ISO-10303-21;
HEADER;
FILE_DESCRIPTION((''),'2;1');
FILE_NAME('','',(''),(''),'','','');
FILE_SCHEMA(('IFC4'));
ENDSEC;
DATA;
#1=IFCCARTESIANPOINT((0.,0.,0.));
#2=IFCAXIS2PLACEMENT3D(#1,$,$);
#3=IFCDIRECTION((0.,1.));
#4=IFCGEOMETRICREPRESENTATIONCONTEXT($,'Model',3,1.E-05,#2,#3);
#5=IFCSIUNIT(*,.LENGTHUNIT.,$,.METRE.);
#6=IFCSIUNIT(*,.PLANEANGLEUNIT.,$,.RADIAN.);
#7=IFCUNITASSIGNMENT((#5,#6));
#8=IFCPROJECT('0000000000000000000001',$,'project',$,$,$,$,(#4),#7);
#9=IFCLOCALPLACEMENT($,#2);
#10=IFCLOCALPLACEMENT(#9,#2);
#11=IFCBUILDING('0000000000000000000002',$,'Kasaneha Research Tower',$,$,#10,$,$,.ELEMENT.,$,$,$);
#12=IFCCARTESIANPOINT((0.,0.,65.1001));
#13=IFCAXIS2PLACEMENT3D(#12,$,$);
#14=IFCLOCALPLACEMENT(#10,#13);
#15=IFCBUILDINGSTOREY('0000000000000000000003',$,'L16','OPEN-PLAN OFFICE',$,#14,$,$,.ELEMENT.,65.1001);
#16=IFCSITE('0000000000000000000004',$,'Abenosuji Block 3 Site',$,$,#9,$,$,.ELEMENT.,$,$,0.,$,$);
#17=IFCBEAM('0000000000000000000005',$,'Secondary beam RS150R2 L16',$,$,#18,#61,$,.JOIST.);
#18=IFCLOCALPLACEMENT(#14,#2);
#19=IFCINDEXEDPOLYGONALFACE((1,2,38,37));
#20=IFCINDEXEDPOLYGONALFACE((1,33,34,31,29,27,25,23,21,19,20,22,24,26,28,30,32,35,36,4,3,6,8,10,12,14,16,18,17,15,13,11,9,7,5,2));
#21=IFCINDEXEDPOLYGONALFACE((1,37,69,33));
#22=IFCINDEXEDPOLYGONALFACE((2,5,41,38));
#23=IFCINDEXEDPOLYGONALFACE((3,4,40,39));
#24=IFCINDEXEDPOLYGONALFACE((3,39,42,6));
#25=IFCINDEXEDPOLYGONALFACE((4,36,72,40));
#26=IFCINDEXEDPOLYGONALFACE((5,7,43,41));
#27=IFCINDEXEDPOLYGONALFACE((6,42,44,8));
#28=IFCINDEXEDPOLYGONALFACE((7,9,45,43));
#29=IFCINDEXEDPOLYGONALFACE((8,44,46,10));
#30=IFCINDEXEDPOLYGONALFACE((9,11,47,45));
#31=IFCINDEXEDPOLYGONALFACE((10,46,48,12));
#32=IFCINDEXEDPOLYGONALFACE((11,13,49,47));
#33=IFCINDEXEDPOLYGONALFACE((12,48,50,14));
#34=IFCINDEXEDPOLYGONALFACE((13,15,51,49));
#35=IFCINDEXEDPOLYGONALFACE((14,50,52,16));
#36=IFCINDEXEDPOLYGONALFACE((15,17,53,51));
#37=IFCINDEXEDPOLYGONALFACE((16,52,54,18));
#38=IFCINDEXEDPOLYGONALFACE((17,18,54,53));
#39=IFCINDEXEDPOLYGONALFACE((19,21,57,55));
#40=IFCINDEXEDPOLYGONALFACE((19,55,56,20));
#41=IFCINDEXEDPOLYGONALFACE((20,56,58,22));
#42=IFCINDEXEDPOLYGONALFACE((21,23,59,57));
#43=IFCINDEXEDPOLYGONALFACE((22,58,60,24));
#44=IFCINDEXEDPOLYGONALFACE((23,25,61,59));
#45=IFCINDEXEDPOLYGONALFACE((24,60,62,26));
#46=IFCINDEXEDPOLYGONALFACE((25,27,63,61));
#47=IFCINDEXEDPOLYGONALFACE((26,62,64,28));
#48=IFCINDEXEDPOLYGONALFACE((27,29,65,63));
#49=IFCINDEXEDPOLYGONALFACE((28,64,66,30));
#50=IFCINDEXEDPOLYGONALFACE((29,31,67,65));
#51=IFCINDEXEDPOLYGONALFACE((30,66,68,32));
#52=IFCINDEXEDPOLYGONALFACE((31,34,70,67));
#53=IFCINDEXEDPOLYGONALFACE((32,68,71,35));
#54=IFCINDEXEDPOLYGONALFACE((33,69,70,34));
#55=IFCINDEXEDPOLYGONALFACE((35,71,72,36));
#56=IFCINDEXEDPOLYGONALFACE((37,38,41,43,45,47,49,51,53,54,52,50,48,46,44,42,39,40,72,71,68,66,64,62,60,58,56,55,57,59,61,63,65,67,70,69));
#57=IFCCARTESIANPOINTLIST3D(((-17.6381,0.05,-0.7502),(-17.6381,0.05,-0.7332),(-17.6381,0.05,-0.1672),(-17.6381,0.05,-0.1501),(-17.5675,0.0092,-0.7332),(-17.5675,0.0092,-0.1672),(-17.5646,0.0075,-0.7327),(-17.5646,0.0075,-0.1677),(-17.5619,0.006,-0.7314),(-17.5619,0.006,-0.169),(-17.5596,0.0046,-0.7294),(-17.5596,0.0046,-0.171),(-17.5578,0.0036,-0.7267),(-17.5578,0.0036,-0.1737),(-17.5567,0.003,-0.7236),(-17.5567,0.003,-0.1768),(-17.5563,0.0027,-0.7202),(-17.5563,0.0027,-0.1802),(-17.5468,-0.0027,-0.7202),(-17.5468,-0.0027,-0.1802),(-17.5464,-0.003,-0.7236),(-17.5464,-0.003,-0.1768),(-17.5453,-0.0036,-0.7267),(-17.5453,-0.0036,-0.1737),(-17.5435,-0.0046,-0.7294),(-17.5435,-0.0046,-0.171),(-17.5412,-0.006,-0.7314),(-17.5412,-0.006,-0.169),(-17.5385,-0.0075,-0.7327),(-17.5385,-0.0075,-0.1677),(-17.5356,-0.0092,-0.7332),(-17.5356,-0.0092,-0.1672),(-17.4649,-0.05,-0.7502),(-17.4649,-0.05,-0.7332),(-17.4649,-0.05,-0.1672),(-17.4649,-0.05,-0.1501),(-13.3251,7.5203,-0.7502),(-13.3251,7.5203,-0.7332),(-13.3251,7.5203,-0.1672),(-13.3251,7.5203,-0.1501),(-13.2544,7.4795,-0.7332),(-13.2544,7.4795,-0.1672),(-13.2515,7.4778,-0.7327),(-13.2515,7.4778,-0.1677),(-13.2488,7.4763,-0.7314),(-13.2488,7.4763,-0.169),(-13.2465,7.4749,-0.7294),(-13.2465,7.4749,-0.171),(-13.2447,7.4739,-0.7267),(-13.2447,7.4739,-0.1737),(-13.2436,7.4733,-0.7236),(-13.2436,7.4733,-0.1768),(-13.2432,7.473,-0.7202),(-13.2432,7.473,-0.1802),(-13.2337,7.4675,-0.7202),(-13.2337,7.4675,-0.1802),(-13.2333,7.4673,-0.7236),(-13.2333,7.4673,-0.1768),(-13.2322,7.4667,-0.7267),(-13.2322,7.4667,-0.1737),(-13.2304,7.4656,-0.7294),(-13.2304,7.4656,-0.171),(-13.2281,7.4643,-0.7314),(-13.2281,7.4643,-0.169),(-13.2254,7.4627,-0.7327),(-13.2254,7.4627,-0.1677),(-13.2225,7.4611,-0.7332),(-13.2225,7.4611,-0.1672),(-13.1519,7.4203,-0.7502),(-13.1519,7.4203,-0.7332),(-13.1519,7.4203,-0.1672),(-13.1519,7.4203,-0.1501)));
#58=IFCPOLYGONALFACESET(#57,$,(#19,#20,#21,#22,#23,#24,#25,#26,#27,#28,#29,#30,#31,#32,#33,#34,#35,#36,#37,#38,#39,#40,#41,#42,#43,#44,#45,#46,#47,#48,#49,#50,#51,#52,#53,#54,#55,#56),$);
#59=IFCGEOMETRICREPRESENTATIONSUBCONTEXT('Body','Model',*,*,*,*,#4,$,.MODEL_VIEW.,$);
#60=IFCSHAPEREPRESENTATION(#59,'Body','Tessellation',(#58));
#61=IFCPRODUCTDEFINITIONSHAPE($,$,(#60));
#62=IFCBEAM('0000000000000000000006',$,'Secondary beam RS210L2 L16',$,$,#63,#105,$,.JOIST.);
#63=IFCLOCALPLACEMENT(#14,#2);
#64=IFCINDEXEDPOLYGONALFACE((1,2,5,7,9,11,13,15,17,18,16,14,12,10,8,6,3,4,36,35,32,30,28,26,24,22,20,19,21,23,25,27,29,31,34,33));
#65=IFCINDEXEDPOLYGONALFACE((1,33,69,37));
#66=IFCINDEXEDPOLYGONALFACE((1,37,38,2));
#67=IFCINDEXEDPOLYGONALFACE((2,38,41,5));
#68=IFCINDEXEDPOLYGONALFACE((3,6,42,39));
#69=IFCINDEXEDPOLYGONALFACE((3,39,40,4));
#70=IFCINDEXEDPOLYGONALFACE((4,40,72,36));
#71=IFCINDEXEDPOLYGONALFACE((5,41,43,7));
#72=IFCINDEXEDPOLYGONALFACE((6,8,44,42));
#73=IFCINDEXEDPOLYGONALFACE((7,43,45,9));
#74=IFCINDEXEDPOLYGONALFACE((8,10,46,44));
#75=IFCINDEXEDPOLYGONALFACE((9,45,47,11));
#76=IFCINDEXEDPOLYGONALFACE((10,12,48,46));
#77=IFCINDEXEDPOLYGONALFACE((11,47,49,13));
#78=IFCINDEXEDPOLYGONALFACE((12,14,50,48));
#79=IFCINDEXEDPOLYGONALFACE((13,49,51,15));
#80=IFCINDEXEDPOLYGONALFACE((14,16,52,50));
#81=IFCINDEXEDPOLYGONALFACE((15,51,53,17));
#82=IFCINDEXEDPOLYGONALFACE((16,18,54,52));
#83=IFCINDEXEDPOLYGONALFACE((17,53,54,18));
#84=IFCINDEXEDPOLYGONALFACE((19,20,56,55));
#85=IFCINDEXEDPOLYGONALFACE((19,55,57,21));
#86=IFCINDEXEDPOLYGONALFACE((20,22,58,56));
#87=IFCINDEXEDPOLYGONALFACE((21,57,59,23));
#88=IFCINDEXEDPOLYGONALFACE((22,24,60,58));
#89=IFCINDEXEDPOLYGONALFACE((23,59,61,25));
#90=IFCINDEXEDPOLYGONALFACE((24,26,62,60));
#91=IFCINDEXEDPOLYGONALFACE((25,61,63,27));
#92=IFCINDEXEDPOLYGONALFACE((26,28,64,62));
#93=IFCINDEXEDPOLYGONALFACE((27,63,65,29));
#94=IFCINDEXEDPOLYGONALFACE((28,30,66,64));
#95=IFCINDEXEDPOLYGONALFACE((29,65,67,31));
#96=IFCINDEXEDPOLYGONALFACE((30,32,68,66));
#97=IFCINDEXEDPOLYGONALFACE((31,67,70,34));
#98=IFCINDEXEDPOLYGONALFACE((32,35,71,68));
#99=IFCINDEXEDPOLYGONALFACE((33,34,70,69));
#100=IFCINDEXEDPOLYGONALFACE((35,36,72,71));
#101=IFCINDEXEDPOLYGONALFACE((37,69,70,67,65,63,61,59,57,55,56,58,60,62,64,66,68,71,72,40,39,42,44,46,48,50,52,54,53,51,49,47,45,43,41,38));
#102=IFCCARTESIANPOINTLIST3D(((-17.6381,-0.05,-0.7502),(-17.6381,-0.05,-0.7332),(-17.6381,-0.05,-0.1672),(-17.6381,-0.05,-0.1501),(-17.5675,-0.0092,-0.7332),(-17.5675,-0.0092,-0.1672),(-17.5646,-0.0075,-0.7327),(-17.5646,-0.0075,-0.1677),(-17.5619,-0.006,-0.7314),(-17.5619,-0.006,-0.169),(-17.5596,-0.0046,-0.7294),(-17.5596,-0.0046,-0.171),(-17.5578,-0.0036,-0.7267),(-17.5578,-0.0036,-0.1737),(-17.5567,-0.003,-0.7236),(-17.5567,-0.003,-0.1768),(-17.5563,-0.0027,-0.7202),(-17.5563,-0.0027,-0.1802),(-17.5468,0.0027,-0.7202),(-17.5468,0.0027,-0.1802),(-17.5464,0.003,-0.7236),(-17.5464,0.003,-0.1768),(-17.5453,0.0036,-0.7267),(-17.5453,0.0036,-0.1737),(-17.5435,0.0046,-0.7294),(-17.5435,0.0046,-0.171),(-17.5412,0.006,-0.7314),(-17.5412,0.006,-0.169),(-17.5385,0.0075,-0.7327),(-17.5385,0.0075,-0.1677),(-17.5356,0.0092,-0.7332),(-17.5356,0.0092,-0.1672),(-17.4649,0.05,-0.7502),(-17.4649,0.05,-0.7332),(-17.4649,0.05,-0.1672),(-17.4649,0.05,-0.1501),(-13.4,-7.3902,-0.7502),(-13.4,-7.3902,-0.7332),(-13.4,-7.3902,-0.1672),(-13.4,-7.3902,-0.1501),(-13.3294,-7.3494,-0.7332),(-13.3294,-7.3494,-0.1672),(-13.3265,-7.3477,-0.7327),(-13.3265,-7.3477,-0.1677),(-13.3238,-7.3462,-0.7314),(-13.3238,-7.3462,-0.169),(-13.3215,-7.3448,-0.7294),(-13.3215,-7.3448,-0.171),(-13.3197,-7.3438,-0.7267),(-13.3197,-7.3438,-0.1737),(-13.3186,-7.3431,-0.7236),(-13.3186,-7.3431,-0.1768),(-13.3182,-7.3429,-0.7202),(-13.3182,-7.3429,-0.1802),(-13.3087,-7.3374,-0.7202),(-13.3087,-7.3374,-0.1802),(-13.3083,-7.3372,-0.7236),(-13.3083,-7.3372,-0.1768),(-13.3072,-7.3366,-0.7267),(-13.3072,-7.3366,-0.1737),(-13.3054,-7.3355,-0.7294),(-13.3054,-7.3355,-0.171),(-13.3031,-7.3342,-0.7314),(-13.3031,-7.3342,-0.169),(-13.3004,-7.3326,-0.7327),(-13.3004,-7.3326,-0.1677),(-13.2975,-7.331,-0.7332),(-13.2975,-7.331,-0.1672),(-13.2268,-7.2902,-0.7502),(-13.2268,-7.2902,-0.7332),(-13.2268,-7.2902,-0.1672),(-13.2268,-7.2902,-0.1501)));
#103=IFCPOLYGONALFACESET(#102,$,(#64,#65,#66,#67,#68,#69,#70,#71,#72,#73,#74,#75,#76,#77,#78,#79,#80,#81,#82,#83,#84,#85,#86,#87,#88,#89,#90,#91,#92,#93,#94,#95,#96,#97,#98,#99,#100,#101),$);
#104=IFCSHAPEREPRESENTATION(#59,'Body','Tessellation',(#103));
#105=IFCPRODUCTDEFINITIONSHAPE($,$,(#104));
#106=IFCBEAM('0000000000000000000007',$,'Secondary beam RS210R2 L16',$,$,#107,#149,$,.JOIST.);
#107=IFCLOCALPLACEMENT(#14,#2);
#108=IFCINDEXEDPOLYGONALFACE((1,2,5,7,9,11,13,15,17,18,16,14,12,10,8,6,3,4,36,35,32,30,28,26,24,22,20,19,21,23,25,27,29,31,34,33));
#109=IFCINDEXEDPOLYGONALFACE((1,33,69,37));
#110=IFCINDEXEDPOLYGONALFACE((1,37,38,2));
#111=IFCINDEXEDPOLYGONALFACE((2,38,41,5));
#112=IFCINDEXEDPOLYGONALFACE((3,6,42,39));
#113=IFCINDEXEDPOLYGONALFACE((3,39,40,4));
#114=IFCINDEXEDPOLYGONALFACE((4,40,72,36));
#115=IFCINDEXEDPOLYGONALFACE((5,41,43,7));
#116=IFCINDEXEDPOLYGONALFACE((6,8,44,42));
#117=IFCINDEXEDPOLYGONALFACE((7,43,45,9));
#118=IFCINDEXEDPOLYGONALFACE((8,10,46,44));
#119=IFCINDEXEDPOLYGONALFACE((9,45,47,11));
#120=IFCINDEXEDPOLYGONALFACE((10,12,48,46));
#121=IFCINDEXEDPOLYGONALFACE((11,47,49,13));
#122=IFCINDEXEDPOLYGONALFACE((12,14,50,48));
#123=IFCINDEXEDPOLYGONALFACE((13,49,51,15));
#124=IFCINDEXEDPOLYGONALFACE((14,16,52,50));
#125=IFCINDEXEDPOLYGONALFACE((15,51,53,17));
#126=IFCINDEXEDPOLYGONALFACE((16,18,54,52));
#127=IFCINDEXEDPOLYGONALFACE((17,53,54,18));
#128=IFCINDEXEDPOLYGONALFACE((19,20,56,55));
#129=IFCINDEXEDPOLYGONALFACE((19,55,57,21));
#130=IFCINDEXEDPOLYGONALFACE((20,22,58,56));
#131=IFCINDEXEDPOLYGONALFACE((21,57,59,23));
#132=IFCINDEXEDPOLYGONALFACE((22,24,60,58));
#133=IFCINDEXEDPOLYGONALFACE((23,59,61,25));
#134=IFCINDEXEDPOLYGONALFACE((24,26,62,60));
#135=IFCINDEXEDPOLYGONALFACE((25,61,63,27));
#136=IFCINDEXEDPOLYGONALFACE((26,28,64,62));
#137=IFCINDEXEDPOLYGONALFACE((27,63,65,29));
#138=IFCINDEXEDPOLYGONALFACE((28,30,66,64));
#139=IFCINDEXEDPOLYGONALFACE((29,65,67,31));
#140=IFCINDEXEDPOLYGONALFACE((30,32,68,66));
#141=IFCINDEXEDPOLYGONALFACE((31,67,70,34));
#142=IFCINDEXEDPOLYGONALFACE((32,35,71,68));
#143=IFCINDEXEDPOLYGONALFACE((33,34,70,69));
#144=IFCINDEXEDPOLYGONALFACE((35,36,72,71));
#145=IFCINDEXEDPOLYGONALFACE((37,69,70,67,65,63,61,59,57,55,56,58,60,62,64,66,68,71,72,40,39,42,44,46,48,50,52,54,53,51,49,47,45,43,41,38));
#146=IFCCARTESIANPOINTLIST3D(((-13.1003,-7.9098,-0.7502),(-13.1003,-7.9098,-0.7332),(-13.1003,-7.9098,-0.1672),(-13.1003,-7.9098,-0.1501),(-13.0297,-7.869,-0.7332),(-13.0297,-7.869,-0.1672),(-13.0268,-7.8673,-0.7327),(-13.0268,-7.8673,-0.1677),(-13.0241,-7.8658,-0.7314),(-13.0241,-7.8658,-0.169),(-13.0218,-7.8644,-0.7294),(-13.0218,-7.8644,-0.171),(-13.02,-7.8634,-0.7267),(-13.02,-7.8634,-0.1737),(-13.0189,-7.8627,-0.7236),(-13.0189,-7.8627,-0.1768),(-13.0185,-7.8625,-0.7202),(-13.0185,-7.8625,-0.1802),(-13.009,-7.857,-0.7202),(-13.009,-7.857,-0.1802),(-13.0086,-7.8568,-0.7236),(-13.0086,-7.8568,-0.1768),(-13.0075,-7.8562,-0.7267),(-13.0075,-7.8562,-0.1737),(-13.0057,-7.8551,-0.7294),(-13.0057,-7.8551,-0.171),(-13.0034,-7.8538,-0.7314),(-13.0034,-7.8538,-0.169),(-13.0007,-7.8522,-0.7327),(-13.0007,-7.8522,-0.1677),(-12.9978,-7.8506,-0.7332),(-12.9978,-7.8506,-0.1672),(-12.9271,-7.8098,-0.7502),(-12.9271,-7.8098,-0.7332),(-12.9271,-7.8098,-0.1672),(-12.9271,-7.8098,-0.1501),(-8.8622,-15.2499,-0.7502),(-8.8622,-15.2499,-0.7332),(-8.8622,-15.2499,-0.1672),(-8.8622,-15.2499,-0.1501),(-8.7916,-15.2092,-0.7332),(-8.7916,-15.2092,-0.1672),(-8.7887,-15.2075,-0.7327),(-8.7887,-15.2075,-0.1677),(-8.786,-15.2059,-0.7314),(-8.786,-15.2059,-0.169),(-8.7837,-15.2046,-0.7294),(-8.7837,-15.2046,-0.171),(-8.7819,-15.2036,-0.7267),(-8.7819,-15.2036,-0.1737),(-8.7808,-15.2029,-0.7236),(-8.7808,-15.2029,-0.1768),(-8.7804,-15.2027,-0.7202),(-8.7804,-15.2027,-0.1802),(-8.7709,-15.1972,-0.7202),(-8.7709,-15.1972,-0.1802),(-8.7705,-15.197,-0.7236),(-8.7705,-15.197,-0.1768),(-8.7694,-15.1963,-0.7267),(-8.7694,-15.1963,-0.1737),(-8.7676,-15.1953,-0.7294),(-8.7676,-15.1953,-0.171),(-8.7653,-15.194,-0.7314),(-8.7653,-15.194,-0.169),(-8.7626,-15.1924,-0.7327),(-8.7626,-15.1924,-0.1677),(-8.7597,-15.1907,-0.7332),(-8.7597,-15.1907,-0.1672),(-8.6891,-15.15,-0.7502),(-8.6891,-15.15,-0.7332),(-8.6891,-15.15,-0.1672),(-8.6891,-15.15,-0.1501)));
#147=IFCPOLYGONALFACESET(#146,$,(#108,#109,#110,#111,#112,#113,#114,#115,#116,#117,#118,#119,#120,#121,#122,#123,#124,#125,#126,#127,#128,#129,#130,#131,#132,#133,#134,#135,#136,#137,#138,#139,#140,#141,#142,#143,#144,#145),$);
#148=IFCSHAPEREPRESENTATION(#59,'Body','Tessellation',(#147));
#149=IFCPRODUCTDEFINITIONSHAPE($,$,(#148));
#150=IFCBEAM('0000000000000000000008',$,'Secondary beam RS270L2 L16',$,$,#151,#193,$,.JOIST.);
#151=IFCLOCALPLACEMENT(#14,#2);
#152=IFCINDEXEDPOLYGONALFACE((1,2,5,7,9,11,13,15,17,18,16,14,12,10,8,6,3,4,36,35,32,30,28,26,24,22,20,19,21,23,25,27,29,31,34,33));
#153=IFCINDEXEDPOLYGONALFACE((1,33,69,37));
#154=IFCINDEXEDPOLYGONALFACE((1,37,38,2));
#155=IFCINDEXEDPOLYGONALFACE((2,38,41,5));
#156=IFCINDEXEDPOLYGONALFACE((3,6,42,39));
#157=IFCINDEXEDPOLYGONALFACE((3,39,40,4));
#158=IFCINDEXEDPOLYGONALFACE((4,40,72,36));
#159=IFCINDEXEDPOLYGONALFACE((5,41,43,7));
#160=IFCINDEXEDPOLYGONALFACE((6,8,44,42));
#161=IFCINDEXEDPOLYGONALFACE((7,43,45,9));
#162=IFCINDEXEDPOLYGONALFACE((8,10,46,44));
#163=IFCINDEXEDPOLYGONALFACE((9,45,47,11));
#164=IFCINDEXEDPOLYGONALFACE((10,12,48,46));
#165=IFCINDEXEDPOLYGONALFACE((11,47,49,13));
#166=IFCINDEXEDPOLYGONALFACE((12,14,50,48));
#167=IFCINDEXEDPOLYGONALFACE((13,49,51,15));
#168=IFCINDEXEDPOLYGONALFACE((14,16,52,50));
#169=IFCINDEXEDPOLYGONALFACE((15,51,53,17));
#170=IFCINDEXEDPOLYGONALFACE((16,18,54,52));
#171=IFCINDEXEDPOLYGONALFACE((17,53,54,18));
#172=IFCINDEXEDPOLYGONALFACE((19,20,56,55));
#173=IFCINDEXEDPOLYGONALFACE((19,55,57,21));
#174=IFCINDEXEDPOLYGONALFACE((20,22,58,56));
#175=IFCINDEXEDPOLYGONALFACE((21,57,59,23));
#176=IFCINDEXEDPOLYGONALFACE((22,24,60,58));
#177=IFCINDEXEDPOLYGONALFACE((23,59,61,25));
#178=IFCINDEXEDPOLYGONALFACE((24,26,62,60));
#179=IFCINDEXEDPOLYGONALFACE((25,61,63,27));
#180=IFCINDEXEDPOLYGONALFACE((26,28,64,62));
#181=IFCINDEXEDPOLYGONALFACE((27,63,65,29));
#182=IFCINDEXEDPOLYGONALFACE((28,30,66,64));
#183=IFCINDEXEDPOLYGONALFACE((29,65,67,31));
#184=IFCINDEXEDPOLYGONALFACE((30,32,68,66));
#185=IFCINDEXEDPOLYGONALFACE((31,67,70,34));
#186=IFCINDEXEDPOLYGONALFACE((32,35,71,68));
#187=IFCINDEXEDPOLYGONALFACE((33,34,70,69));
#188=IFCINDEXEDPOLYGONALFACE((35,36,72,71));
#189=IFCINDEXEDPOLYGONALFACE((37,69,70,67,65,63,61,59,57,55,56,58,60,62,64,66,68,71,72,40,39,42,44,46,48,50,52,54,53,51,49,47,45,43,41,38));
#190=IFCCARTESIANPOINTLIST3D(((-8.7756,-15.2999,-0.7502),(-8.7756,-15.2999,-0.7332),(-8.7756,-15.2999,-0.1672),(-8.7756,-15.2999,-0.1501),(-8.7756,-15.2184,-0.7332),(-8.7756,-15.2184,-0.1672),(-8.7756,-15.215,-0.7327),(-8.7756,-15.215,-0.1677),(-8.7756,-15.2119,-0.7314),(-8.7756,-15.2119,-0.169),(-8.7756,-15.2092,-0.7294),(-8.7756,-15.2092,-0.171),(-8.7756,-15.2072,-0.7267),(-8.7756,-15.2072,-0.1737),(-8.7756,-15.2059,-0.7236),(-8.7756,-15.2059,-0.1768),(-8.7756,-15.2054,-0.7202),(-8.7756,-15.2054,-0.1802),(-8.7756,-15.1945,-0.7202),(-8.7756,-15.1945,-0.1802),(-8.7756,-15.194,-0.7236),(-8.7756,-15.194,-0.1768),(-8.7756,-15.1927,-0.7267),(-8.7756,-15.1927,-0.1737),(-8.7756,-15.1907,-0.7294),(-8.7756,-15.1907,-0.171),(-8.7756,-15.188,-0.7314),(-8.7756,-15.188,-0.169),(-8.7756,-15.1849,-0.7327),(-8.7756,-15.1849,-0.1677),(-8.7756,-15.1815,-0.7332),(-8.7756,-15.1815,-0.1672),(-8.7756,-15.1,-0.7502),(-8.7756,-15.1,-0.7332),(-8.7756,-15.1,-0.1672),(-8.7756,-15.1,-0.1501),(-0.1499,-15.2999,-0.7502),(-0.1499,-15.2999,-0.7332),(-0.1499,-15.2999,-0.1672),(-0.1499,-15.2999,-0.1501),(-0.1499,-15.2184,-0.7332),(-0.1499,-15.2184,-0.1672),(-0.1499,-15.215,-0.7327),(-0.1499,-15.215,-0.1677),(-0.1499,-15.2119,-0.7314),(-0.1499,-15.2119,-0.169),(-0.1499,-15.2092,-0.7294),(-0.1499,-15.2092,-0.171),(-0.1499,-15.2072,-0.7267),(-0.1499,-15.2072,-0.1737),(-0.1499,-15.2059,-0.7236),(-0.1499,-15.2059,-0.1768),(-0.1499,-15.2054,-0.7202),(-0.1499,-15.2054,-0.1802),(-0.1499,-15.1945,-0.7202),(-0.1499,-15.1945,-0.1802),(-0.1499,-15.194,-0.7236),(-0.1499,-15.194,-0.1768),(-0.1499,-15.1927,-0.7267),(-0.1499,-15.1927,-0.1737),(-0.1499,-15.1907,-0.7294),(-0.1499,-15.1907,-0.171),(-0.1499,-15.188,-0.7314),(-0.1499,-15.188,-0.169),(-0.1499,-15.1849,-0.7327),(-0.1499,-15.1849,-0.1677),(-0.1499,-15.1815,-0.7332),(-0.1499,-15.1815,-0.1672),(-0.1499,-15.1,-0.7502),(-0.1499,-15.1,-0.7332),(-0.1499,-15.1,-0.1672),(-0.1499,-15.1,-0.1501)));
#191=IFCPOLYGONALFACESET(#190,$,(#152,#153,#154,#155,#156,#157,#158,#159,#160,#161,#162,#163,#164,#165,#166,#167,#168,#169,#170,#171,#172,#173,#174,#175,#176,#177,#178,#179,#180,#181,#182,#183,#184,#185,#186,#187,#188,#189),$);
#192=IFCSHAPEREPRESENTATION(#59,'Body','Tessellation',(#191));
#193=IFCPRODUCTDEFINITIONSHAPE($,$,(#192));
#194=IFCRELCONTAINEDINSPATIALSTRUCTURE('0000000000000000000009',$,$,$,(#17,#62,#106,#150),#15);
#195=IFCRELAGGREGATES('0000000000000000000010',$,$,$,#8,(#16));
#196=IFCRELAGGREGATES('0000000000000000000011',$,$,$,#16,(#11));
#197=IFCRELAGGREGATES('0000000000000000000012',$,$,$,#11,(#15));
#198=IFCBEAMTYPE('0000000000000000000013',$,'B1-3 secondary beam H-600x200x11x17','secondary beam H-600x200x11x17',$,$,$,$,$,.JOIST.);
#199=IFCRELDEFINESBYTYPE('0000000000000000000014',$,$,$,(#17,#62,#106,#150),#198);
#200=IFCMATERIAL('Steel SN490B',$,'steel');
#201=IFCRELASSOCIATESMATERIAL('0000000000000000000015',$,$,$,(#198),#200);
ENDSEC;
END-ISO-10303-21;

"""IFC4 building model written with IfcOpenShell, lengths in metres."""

from ifc_helpers import new_model, si_unit, direction, frame, origin, origin_2d, place, context, subcontext, project, spatial, i_section, extrude, material, material_profile, profile_set, type_object, element, save


model = new_model("IFC4")

# Units and contexts
model_context = context("Model", 3, precision=1e-05, world=origin(), true_north=direction((0.0, 1.0)))
body_context = subcontext(model_context, "Body", "Model", "MODEL_VIEW")
ifc_project = project(units=[si_unit("LENGTHUNIT", "METRE"), si_unit("PLANEANGLEUNIT", "RADIAN")], contexts=[model_context])

# Site, building, storey
site_placement = place(None, origin())
site = spatial("IfcSite", under=ifc_project, at=site_placement, Name="Abenosuji Block 3 Site", CompositionType="ELEMENT", RefElevation=0.0)
building_placement = place(site_placement, origin())
building = spatial("IfcBuilding", under=site, at=building_placement, Name="Kasaneha Research Tower", CompositionType="ELEMENT")
storey_placement = place(building_placement, frame((0.0, 0.0, 65.1001)))
storey = spatial("IfcBuildingStorey", under=building, at=storey_placement, Name="L16", Description="OPEN-PLAN OFFICE", CompositionType="ELEMENT", Elevation=65.1001)

# Beams
ifc_material_1 = material(Name="Steel SN490B", Category="steel")
ifc_material_profile = material_profile(ifc_material_1, i_section(OverallWidth=0.2, OverallDepth=0.6001, WebThickness=0.011, FlangeThickness=0.0171, FilletRadius=0.0129, at=origin_2d()), Name="H-600x200x11x17")
ifc_profile_set = profile_set([ifc_material_profile], Name="Steel SN490B")
beam_type = type_object("IfcBeamType", Name="B1-3 secondary beam H-600x200x11x17", Description="secondary beam H-600x200x11x17", PredefinedType="JOIST", material=ifc_profile_set)
beam_1_placement = place(storey_placement, frame((-17.5515, 0.0, -0.4502), z_axis=(0.500005, 0.866023, 0.0), x_axis=(-0.866023, 0.500005, 0.0)))
element("IfcBeam", 1, at=beam_1_placement, inside=storey, type_object=beam_type, Name="Secondary beam RS150R2 L16", PredefinedType="JOIST", context=body_context, shape_type="SweptSolid", body=[
    extrude(i_section(OverallWidth=0.2, OverallDepth=0.6001, WebThickness=0.011, FlangeThickness=0.0171, FilletRadius=0.0129, at=origin_2d()), origin(), (0.0, 0.0, 1.0), 8.626),
])
for number, where, z_axis, x_axis, name in (
    (2, (-17.5515, 0.0, -0.4502), (0.500021, -0.866013, 0.0), (0.866013, 0.500021, 0.0), "Secondary beam RS210L2 L16"),
    (3, (-8.7756, -15.2, -0.4502), (-0.500021, 0.866013, 0.0), (-0.866013, -0.500021, 0.0), "Secondary beam RS210R2 L16"),
):
    element("IfcBeam", number, at=place(storey_placement, frame(where, z_axis=z_axis, x_axis=x_axis)), inside=storey, type_object=beam_type, Name=name, PredefinedType="JOIST", context=body_context, shape_type="SweptSolid", body=[
        extrude(i_section(OverallWidth=0.2, OverallDepth=0.6001, WebThickness=0.011, FlangeThickness=0.0171, FilletRadius=0.0129, at=origin_2d()), origin(), (0.0, 0.0, 1.0), 8.4758),
    ])
beam_2_placement = place(storey_placement, frame((-8.7756, -15.2, -0.4502), z_axis=(1.0, 0.0, 0.0), x_axis=(0.0, 1.0, 0.0)))
element("IfcBeam", 4, at=beam_2_placement, inside=storey, type_object=beam_type, Name="Secondary beam RS270L2 L16", PredefinedType="JOIST", context=body_context, shape_type="SweptSolid", body=[
    extrude(i_section(OverallWidth=0.2, OverallDepth=0.6001, WebThickness=0.011, FlangeThickness=0.0171, FilletRadius=0.0129, at=origin_2d()), origin(), (0.0, 0.0, 1.0), 8.6257),
])

save(model, "model.ifc")
